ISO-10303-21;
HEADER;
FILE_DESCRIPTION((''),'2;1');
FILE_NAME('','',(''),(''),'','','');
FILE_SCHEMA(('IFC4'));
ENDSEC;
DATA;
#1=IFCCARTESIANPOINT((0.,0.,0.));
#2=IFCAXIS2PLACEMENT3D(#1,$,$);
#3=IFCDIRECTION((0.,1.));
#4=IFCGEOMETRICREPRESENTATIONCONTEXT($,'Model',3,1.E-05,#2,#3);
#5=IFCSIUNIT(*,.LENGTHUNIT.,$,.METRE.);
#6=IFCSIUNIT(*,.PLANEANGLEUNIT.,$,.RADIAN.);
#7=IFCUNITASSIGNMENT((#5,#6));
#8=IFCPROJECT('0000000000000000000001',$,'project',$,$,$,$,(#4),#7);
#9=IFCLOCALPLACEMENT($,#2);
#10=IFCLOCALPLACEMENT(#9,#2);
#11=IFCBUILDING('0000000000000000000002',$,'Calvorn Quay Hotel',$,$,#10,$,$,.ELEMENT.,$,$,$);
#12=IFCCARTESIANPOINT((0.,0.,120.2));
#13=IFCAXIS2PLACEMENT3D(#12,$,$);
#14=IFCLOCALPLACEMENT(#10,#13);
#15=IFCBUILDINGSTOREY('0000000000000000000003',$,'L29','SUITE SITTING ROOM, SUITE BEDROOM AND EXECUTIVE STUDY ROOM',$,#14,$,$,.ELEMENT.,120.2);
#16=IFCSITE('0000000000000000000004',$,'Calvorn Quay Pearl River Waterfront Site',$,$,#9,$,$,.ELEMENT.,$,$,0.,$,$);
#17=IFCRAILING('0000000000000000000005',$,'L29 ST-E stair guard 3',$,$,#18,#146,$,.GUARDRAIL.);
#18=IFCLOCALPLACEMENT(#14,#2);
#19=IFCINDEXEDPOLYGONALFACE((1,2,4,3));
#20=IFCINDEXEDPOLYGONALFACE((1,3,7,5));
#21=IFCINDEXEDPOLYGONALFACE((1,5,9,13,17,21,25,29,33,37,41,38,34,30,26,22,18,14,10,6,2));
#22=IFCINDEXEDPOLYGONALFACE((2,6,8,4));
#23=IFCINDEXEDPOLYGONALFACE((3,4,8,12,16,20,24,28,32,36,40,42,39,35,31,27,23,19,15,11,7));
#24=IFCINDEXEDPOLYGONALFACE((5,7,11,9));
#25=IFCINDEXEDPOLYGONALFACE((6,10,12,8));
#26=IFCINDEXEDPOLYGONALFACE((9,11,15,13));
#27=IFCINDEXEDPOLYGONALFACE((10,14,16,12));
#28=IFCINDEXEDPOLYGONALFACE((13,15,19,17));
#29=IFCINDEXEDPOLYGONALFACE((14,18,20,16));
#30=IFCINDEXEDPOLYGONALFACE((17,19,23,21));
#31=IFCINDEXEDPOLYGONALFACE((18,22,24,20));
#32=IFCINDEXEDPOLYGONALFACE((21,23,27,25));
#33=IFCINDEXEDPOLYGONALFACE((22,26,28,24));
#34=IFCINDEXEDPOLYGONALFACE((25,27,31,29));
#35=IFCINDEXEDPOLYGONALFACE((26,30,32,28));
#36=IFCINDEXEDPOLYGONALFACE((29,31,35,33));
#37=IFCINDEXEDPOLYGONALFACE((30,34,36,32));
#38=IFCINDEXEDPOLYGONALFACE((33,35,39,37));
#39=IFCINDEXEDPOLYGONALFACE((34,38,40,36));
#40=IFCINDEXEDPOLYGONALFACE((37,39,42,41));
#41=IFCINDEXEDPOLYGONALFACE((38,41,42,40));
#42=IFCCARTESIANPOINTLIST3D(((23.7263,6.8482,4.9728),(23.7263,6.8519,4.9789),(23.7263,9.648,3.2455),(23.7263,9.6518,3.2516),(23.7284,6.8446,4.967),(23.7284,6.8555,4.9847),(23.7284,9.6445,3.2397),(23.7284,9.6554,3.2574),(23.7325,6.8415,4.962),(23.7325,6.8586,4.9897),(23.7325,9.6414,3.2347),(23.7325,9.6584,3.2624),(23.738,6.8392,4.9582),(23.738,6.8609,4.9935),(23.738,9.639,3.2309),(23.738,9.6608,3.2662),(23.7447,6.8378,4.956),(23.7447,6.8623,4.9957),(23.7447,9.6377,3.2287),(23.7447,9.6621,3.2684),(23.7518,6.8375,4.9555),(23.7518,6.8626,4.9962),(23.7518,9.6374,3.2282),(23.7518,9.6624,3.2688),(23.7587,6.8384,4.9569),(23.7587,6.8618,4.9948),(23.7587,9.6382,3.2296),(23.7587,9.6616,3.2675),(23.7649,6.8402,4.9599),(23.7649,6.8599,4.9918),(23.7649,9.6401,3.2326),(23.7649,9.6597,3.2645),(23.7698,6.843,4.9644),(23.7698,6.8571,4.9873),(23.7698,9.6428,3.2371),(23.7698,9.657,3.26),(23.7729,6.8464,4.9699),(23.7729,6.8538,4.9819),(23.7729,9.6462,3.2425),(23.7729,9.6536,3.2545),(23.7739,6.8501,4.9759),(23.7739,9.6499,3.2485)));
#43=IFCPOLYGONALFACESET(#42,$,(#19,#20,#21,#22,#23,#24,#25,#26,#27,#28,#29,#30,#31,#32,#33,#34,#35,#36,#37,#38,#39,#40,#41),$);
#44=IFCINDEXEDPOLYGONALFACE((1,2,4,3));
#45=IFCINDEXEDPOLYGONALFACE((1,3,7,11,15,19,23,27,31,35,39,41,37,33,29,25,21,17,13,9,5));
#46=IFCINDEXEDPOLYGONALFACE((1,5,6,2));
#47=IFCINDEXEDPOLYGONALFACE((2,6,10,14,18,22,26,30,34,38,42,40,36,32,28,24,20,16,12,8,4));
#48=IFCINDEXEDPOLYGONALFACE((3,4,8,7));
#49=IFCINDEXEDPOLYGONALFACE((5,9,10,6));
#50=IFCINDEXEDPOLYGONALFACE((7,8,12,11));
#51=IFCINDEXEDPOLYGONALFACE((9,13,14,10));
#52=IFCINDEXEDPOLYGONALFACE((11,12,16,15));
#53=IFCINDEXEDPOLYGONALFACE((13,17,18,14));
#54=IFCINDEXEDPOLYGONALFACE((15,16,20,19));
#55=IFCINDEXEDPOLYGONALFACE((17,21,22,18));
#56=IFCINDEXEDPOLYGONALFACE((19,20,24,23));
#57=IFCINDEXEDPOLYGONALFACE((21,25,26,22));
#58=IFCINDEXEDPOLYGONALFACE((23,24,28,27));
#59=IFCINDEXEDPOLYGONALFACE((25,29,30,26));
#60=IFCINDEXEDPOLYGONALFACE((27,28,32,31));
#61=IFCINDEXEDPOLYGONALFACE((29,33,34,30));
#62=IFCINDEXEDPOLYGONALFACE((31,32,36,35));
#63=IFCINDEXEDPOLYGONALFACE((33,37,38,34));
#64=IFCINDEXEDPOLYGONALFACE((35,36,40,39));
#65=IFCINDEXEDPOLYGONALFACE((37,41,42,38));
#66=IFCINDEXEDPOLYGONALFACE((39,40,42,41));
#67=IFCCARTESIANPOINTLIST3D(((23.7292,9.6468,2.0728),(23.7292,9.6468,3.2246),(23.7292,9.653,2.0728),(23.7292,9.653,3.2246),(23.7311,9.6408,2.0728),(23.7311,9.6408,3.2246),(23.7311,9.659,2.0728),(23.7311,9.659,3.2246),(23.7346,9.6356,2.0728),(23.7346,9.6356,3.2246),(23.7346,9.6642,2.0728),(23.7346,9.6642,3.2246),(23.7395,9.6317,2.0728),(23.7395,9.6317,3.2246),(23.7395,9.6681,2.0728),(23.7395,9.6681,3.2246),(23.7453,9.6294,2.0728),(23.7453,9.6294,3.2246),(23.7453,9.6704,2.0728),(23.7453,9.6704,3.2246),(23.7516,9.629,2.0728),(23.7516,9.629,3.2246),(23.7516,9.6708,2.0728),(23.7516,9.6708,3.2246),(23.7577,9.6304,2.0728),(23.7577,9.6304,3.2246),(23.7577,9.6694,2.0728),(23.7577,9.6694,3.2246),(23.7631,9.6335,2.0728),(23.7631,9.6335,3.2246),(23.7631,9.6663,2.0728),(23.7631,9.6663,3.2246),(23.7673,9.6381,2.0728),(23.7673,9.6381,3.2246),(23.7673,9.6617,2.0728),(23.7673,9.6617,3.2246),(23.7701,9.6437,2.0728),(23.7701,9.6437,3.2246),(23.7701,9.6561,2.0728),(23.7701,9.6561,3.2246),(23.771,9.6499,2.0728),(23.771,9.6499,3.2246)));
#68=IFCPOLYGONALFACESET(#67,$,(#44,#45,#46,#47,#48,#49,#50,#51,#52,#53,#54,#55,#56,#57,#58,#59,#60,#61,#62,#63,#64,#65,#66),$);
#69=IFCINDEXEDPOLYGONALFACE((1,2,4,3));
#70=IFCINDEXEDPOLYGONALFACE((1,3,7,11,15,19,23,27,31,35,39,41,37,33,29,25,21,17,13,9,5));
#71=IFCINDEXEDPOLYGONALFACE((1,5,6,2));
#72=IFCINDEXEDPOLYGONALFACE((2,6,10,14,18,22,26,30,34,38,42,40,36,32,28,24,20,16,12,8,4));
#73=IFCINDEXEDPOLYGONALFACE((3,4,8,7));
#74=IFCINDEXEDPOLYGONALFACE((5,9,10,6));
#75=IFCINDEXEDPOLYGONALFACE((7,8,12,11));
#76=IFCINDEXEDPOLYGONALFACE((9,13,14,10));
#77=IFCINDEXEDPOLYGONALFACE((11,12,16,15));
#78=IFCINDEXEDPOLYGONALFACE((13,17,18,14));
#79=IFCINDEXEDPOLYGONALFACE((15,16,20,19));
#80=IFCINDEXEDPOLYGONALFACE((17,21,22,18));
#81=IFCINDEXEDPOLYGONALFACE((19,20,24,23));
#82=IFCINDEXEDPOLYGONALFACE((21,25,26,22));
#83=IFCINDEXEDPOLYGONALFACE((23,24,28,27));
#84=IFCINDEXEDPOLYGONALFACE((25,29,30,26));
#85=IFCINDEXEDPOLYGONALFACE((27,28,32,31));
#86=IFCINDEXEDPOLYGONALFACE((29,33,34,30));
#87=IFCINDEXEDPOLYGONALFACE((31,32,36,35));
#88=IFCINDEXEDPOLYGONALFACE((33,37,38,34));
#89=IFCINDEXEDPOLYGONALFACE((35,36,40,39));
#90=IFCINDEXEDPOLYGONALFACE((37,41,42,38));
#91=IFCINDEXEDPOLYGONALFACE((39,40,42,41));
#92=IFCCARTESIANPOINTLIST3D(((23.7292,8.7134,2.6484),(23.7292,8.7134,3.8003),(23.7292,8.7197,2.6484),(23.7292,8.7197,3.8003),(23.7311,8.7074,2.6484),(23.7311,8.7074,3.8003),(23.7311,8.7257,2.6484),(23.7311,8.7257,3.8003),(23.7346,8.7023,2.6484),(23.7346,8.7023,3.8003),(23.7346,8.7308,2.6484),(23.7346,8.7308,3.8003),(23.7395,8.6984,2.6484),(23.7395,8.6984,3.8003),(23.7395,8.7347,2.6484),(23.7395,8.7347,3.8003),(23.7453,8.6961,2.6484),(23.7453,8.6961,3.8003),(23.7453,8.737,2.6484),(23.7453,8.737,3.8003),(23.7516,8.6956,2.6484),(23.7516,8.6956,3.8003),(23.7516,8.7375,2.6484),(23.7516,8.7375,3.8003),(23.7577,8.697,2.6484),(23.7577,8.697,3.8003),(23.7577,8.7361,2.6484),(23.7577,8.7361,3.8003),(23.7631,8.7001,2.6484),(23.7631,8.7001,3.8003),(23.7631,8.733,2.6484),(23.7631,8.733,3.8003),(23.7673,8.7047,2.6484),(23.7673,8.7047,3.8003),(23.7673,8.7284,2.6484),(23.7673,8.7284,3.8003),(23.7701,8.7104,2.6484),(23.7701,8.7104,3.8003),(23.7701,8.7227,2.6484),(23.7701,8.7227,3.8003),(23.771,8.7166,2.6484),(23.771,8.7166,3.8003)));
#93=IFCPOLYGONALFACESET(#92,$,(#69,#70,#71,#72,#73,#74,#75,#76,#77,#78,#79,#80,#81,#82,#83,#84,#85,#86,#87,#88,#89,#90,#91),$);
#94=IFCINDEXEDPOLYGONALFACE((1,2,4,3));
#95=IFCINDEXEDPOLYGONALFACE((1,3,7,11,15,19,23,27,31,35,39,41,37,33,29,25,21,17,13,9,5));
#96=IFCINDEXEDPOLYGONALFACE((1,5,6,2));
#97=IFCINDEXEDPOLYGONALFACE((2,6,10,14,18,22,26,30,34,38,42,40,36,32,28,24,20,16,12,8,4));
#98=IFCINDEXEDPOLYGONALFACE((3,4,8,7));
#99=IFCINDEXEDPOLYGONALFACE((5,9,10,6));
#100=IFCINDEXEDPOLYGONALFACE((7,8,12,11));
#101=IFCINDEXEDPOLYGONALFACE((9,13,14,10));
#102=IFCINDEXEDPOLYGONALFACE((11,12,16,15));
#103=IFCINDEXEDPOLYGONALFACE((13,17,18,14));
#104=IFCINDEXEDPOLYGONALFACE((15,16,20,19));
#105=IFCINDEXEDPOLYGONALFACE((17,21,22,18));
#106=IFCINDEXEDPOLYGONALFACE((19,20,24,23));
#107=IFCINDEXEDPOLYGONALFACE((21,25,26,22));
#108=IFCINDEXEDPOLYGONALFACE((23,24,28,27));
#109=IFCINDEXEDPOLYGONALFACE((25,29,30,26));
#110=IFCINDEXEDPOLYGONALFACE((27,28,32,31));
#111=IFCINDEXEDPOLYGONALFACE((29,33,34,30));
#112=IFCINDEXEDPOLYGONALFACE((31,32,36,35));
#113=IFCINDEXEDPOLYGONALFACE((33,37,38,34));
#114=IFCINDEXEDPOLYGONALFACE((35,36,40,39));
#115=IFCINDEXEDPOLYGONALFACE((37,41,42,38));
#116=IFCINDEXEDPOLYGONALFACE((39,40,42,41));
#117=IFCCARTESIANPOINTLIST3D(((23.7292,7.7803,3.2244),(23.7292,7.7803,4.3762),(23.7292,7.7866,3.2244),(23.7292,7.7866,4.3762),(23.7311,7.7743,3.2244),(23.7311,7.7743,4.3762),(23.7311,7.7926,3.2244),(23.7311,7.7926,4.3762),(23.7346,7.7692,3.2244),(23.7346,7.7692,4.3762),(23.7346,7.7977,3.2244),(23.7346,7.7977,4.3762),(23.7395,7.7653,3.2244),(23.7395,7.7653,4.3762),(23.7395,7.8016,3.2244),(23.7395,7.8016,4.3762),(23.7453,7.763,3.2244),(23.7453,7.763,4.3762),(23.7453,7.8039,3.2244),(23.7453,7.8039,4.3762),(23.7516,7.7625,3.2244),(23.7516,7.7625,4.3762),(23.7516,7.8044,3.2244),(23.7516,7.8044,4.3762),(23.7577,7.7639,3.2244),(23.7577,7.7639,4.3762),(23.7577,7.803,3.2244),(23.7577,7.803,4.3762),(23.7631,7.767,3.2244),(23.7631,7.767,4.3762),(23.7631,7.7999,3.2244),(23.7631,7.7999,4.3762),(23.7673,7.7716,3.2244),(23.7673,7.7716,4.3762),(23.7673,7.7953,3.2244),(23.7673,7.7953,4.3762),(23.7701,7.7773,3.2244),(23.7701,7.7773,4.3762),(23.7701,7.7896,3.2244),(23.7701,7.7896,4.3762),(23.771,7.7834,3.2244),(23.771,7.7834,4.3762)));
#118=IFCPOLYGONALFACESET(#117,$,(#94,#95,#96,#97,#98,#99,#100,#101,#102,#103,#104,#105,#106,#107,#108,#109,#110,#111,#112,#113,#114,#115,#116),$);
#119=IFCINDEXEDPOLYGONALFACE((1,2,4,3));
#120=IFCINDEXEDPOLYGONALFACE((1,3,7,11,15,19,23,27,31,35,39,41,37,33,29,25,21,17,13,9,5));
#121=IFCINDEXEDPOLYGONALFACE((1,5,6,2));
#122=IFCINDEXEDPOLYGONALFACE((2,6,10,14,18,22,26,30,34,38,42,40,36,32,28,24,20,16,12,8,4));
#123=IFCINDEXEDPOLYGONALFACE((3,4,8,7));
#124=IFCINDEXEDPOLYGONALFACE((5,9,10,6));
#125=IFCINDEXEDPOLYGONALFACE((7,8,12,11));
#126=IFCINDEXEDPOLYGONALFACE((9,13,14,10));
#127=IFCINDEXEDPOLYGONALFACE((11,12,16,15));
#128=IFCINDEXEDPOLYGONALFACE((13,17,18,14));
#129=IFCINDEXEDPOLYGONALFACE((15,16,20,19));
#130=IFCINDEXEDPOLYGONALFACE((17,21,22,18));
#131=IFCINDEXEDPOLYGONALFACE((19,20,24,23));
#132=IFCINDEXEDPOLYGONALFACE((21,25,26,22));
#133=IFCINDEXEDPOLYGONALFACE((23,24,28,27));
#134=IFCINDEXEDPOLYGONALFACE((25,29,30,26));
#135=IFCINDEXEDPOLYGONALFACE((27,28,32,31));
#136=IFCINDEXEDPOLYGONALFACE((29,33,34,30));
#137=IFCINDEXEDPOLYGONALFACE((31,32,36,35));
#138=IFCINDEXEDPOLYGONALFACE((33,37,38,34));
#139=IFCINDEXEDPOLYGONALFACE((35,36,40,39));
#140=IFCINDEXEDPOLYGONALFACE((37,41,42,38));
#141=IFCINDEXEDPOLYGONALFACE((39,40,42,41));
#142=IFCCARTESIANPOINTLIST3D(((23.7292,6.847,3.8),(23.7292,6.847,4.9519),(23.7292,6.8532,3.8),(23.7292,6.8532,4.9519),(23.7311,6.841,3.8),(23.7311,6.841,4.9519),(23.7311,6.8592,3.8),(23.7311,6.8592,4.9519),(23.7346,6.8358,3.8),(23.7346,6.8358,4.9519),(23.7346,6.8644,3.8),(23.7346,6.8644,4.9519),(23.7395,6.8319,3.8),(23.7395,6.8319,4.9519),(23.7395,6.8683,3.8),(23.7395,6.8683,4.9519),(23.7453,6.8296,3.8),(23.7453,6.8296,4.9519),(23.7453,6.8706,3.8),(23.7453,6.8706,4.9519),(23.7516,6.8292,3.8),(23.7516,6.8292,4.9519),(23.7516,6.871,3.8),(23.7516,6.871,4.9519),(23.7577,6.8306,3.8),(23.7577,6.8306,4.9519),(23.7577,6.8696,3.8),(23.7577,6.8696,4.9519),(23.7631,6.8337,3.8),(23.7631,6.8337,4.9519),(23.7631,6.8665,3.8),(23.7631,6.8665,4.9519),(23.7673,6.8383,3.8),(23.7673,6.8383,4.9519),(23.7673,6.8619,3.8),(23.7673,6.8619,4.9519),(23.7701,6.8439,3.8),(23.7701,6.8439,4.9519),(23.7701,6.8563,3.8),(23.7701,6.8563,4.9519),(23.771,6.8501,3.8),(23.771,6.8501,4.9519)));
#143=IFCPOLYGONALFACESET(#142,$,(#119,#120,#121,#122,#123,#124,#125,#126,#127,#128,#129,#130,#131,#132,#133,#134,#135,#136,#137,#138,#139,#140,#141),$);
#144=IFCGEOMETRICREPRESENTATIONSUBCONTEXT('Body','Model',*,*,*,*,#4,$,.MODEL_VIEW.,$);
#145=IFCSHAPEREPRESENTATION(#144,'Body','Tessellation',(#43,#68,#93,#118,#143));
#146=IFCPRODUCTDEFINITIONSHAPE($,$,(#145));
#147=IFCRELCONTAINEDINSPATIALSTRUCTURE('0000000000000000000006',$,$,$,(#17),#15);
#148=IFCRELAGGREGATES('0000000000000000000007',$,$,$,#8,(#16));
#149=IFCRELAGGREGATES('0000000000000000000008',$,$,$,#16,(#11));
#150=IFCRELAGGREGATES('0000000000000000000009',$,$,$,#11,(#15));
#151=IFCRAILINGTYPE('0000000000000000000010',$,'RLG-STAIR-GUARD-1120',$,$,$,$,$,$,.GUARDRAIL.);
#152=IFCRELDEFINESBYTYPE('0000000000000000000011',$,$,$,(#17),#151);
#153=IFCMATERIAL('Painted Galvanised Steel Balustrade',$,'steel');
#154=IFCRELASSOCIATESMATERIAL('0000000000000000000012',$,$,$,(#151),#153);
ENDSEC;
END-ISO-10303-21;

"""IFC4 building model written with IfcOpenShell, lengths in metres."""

from ifc_helpers import new_model, si_unit, direction, frame, origin, origin_2d, place, context, subcontext, project, spatial, circle, extrude, material, type_object, element, save


model = new_model("IFC4")

# Units and contexts
model_context = context("Model", 3, precision=1e-05, world=origin(), true_north=direction((0.0, 1.0)))
body_context = subcontext(model_context, "Body", "Model", "MODEL_VIEW")
ifc_project = project(units=[si_unit("LENGTHUNIT", "METRE"), si_unit("PLANEANGLEUNIT", "RADIAN")], contexts=[model_context])

# Site, building, storey
site_placement = place(None, origin())
site = spatial("IfcSite", under=ifc_project, at=site_placement, Name="Calvorn Quay Pearl River Waterfront Site", CompositionType="ELEMENT", RefElevation=0.0)
building_placement = place(site_placement, origin())
building = spatial("IfcBuilding", under=site, at=building_placement, Name="Calvorn Quay Hotel", CompositionType="ELEMENT")
storey_placement = place(building_placement, frame((0.0, 0.0, 120.2)))
storey = spatial("IfcBuildingStorey", under=building, at=storey_placement, Name="L29", Description="SUITE SITTING ROOM, SUITE BEDROOM AND EXECUTIVE STUDY ROOM", CompositionType="ELEMENT", Elevation=120.2)

# Railing
ifc_material_1 = material(Name="Painted Galvanised Steel Balustrade", Category="steel")
railing_type_1 = type_object("IfcRailingType", Name="RLG-STAIR-GUARD-1120", PredefinedType="GUARDRAIL", material=ifc_material_1)
railing_1_placement = place(storey_placement, frame((23.75, 9.6499, 2.0728)))
element("IfcRailing", 1, at=railing_1_placement, inside=storey, type_object=railing_type_1, Name="L29 ST-E stair guard 3", PredefinedType="GUARDRAIL", context=body_context, shape_type="SweptSolid", body=[
    extrude(circle(Radius=0.0239, at=origin_2d()), frame((0.0, 0.0, 1.1758), z_axis=(0.0, -0.851069, 0.525054), x_axis=(1.0, 0.0, 0.0)), (0.0, 0.0, 1.0), 3.2898),
    extrude(circle(Radius=0.021, at=origin_2d()), origin(), (0.0, 0.0, 1.0), 1.1519),
    extrude(circle(Radius=0.021, at=origin_2d()), frame((0.0, -0.9333, 0.5757)), (0.0, 0.0, 1.0), 1.1519),
    extrude(circle(Radius=0.021, at=origin_2d()), frame((0.0, -1.8665, 1.1516)), (0.0, 0.0, 1.0), 1.1519),
    extrude(circle(Radius=0.021, at=origin_2d()), frame((0.0, -2.7998, 1.7273)), (0.0, 0.0, 1.0), 1.1519),
])

save(model, "model.ifc")
